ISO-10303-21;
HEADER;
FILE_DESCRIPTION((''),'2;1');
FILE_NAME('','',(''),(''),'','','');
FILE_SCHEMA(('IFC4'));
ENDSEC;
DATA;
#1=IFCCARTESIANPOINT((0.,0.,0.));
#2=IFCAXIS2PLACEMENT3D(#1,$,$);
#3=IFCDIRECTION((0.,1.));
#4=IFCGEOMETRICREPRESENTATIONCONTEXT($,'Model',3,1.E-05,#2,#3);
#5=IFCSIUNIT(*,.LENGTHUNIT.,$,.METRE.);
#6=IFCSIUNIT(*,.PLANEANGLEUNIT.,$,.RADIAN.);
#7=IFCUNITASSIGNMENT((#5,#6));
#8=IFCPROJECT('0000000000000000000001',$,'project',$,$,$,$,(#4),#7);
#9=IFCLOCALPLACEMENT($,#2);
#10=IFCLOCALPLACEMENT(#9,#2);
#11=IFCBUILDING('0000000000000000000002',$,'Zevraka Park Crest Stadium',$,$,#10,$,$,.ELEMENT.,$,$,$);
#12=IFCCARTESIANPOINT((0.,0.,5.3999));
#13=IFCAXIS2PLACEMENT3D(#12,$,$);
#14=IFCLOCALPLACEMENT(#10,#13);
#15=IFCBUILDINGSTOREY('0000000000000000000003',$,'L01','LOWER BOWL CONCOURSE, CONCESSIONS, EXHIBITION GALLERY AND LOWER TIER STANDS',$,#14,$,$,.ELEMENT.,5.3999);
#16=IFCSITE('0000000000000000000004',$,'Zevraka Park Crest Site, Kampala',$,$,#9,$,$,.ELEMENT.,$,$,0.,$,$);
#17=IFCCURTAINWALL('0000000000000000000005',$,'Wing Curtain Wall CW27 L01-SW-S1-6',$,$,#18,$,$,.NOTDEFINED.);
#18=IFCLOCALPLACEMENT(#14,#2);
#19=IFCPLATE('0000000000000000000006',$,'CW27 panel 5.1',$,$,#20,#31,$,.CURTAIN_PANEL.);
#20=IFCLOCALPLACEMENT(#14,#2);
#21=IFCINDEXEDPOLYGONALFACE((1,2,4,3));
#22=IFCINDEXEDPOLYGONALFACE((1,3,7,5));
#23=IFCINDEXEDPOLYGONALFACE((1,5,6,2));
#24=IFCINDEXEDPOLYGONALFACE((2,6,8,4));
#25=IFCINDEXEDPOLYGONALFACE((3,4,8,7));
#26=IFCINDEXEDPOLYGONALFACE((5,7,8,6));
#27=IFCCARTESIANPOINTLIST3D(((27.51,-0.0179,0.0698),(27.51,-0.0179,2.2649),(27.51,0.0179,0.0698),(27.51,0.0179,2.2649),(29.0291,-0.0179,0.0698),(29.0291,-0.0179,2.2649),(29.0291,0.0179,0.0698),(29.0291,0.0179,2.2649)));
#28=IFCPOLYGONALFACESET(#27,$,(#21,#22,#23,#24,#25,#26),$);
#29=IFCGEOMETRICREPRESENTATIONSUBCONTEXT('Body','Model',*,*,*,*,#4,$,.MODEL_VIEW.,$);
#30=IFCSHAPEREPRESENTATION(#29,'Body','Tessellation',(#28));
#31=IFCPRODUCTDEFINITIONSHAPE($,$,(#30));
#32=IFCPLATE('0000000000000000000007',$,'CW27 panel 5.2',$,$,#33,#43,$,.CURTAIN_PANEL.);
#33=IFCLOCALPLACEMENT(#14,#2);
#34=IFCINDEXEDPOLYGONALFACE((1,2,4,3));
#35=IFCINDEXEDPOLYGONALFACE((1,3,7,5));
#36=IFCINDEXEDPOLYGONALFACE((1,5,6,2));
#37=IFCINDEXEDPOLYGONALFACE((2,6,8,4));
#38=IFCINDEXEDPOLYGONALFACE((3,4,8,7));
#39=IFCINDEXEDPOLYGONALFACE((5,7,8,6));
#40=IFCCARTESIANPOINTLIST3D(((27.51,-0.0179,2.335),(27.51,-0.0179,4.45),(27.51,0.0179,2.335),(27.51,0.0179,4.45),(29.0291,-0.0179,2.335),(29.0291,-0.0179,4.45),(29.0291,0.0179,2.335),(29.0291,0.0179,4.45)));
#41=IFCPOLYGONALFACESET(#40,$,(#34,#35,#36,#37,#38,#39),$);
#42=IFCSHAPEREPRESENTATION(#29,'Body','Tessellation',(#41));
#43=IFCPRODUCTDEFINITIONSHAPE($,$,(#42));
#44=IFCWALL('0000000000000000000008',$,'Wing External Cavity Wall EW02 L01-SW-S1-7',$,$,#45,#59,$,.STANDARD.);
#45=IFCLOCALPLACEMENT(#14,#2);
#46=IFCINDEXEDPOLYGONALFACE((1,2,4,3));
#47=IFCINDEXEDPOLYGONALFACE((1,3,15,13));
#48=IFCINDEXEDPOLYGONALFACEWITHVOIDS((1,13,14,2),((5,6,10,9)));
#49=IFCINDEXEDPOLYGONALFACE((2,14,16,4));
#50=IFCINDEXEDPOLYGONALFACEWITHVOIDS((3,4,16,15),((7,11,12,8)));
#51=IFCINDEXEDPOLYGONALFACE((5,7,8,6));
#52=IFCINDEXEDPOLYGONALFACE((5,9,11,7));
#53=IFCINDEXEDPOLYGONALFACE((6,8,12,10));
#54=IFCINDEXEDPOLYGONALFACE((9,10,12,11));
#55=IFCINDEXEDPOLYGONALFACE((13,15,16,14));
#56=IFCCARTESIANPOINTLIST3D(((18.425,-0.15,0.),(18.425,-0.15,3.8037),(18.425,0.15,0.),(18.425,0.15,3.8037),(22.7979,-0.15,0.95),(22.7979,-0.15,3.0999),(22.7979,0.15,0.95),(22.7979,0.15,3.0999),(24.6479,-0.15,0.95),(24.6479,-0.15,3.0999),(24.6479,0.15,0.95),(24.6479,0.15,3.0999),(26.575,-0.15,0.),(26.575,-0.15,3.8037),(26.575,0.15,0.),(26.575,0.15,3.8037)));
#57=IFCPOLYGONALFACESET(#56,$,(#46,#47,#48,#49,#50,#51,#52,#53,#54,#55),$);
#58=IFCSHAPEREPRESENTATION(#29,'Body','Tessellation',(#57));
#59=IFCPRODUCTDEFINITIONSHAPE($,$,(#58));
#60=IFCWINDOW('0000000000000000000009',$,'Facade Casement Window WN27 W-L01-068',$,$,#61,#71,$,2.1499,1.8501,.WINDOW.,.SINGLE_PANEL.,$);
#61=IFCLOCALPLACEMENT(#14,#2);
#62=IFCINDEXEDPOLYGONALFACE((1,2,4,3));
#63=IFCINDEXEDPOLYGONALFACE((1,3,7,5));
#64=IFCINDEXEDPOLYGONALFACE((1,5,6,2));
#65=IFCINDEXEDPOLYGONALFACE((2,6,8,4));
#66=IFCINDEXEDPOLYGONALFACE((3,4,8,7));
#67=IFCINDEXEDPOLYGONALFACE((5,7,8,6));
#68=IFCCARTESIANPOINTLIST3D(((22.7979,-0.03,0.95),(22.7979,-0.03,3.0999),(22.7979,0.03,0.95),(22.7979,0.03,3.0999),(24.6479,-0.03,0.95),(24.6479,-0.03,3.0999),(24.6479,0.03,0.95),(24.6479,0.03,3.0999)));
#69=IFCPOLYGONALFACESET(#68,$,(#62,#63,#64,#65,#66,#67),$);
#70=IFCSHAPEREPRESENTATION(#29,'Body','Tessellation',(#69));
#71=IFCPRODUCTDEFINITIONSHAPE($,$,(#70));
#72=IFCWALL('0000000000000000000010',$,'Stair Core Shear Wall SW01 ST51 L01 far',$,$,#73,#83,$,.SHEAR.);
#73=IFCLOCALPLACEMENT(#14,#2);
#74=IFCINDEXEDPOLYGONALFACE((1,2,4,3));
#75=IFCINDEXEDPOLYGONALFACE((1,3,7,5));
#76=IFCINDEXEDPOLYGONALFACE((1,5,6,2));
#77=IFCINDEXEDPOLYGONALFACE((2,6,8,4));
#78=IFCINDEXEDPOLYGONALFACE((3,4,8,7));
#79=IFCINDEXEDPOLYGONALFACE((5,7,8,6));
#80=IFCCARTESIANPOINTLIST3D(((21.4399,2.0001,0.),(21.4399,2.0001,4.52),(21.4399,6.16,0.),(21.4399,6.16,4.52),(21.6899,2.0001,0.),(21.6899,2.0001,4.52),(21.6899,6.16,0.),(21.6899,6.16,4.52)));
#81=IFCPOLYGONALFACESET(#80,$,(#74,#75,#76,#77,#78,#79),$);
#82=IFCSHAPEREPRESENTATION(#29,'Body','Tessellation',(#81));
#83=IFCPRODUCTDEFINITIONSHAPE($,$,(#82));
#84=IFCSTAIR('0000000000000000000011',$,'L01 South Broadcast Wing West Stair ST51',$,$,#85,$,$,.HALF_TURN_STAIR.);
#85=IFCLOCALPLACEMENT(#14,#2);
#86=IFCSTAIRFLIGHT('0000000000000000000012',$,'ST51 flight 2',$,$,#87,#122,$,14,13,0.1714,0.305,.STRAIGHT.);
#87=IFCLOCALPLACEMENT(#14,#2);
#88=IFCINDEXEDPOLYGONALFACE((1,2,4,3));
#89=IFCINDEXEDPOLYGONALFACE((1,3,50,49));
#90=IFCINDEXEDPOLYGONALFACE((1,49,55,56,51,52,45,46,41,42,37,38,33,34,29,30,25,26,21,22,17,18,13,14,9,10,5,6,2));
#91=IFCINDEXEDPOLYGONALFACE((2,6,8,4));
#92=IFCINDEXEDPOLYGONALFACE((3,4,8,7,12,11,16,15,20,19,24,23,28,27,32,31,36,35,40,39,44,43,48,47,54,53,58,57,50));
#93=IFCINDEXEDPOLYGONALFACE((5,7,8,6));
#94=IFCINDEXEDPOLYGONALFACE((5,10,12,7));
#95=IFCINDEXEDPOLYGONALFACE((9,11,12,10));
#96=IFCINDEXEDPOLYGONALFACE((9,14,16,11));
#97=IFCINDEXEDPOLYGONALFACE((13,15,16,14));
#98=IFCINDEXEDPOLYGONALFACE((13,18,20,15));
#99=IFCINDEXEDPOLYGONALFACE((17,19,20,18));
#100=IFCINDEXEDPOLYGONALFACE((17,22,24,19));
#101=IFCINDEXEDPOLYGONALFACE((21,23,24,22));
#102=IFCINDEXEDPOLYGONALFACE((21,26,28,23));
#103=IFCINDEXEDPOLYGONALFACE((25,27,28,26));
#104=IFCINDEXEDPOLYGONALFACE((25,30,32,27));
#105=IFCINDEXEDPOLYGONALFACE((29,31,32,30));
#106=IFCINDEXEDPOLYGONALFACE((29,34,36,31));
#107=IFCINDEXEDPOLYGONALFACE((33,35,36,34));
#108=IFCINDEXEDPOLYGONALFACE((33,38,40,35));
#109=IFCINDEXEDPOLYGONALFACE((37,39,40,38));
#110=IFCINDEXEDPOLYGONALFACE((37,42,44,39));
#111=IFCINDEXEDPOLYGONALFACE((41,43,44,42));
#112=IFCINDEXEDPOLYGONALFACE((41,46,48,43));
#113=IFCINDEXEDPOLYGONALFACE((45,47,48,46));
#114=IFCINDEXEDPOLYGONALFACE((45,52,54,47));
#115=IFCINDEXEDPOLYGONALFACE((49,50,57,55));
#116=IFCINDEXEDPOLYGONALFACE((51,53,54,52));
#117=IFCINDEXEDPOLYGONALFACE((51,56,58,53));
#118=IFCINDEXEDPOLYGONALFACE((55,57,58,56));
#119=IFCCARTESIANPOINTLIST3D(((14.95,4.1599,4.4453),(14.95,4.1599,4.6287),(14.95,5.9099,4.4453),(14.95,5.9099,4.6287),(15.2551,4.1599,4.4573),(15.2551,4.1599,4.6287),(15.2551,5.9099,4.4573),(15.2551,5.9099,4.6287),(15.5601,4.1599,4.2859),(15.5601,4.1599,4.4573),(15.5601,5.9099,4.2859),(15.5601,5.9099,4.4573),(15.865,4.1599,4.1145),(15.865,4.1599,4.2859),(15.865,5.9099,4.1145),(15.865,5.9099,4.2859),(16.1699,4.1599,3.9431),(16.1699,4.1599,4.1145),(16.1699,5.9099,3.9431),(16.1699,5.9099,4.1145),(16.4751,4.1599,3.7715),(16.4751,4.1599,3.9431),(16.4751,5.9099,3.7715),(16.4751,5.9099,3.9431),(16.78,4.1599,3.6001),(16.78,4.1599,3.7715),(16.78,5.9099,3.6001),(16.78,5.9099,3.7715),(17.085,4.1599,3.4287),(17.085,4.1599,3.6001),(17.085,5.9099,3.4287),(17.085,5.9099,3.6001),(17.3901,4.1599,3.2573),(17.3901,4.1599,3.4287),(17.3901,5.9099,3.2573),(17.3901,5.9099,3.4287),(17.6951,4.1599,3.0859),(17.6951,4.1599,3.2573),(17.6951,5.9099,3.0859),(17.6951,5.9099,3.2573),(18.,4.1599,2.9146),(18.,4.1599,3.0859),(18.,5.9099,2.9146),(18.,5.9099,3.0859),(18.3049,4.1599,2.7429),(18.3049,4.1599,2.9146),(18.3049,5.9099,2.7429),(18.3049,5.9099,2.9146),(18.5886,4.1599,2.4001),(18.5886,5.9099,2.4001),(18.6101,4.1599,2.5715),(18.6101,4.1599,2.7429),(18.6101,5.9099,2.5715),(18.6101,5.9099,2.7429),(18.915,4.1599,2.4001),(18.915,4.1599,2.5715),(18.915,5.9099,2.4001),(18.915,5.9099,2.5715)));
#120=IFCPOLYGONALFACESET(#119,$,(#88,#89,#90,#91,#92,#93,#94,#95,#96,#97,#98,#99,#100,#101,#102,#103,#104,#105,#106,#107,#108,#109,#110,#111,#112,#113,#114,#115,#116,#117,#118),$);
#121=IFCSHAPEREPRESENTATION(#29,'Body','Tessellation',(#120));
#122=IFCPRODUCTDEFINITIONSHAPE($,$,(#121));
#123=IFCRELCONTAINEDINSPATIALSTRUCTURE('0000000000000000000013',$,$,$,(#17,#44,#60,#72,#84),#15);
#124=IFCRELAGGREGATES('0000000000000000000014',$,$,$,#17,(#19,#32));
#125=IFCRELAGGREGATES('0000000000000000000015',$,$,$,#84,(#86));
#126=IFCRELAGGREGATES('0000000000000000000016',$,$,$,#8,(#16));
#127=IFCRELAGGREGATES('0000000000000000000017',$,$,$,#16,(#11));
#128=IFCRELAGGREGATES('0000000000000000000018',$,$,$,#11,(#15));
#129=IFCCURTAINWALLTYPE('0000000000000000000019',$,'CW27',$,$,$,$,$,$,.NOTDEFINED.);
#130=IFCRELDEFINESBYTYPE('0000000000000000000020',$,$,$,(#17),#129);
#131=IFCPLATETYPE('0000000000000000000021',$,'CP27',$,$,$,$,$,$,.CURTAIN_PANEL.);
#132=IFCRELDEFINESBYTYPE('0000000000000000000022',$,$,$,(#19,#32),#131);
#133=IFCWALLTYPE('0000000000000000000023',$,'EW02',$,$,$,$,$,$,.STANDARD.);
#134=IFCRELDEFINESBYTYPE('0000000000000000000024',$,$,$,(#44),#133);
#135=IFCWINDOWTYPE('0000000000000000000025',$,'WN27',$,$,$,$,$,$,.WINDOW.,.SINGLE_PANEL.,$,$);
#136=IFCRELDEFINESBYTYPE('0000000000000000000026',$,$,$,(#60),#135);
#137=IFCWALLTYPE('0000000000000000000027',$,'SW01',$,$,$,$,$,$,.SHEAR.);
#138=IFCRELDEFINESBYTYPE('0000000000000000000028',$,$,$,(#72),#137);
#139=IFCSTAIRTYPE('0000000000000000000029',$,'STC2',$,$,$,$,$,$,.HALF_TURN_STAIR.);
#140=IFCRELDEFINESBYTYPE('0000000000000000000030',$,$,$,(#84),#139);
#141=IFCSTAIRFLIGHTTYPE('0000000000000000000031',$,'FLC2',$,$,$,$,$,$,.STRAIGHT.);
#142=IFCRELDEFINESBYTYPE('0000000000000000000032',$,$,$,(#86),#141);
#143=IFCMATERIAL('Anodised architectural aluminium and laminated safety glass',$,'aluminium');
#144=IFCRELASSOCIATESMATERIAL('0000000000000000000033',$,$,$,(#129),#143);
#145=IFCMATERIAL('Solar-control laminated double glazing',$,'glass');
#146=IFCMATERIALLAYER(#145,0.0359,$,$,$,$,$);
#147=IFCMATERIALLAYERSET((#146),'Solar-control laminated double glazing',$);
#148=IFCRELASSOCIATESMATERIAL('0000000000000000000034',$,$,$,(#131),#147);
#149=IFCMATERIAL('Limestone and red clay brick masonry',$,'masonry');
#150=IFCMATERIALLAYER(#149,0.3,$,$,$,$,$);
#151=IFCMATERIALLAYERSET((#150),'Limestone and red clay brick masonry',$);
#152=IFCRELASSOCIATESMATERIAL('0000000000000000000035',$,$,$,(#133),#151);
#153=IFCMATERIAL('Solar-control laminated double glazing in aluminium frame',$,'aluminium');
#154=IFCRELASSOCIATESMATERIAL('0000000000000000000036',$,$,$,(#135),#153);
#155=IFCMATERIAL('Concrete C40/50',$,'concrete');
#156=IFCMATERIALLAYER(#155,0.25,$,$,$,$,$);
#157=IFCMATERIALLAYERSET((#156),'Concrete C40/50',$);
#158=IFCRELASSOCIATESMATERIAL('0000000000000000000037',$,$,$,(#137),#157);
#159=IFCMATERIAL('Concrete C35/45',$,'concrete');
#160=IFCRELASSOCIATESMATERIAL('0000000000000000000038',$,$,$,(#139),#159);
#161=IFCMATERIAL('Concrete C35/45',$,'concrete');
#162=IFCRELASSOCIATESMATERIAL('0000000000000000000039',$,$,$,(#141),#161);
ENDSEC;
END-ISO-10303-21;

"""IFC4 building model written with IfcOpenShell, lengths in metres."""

from ifc_helpers import new_model, si_unit, direction, frame, frame_2d, origin, origin_2d, place, context, subcontext, project, spatial, polyline, rectangle, outline, extrude, material, layer, layer_set, type_object, element, fill, aggregate, save


model = new_model("IFC4")

# Units and contexts
model_context = context("Model", 3, precision=1e-05, world=origin(), true_north=direction((0.0, 1.0)))
body_context = subcontext(model_context, "Body", "Model", "MODEL_VIEW")
ifc_project = project(units=[si_unit("LENGTHUNIT", "METRE"), si_unit("PLANEANGLEUNIT", "RADIAN")], contexts=[model_context])

# Site, building, storey
site_placement = place(None, origin())
site = spatial("IfcSite", under=ifc_project, at=site_placement, Name="Zevraka Park Crest Site, Kampala", CompositionType="ELEMENT", RefElevation=0.0)
building_placement = place(site_placement, origin())
building = spatial("IfcBuilding", under=site, at=building_placement, Name="Zevraka Park Crest Stadium", CompositionType="ELEMENT")
storey_placement = place(building_placement, frame((0.0, 0.0, 5.3999)))
storey = spatial("IfcBuildingStorey", under=building, at=storey_placement, Name="L01", Description="LOWER BOWL CONCOURSE, CONCESSIONS, EXHIBITION GALLERY AND LOWER TIER STANDS", CompositionType="ELEMENT", Elevation=5.3999)

# Curtain wall, plates
ifc_material_1 = material(Name="Anodised architectural aluminium and laminated safety glass", Category="aluminium")
curtain_wall_type = type_object("IfcCurtainWallType", Name="CW27", PredefinedType="NOTDEFINED", material=ifc_material_1)
curtain_wall_placement = place(storey_placement, origin())
curtain_wall = element("IfcCurtainWall", 1, at=curtain_wall_placement, inside=storey, type_object=curtain_wall_type, Name="Wing Curtain Wall CW27 L01-SW-S1-6", PredefinedType="NOTDEFINED")
ifc_material_2 = material(Name="Solar-control laminated double glazing", Category="glass")
ifc_layer_1 = layer(ifc_material_2, 0.0359)
ifc_layer_set_1 = layer_set([ifc_layer_1], Name="Solar-control laminated double glazing")
plate_type = type_object("IfcPlateType", Name="CP27", PredefinedType="CURTAIN_PANEL", material=ifc_layer_set_1)
plate_1_placement = place(storey_placement, frame((28.2695, 0.0, 0.0698), z_axis=(0.0, 0.0, 1.0), x_axis=(-1.0, 0.0, 0.0)))
plate_1 = element("IfcPlate", 2, at=plate_1_placement, type_object=plate_type, Name="CW27 panel 5.1", PredefinedType="CURTAIN_PANEL", context=body_context, shape_type="SweptSolid", body=[
    extrude(rectangle(XDim=1.519, YDim=0.0359, at=origin_2d()), origin(), (0.0, 0.0, 1.0), 2.1951),
])
plate_2_placement = place(storey_placement, frame((28.2695, 0.0, 2.335), z_axis=(0.0, 0.0, 1.0), x_axis=(-1.0, 0.0, 0.0)))
plate_2 = element("IfcPlate", 3, at=plate_2_placement, type_object=plate_type, Name="CW27 panel 5.2", PredefinedType="CURTAIN_PANEL", context=body_context, shape_type="SweptSolid", body=[
    extrude(rectangle(XDim=1.519, YDim=0.0359, at=origin_2d()), origin(), (0.0, 0.0, 1.0), 2.115),
])
aggregate(curtain_wall, [plate_1, plate_2])

# Wall, opening, window
ifc_material_3 = material(Name="Limestone and red clay brick masonry", Category="masonry")
ifc_layer_2 = layer(ifc_material_3, 0.3)
ifc_layer_set_2 = layer_set([ifc_layer_2], Name="Limestone and red clay brick masonry")
wall_type_1 = type_object("IfcWallType", Name="EW02", PredefinedType="STANDARD", material=ifc_layer_set_2)
wall_1_placement = place(storey_placement, frame((26.575, 0.0, 0.0), z_axis=(0.0, 0.0, 1.0), x_axis=(-1.0, 0.0, 0.0)))
wall_1 = element("IfcWall", 4, at=wall_1_placement, inside=storey, type_object=wall_type_1, Name="Wing External Cavity Wall EW02 L01-SW-S1-7", PredefinedType="STANDARD", context=body_context, shape_type="SweptSolid", body=[
    extrude(rectangle(XDim=8.1499, YDim=0.3, at=frame_2d((4.075, 0.0))), origin(), (0.0, 0.0, 1.0), 3.8037),
])
opening_placement = place(wall_1_placement, frame((1.927, 0.0, 0.95)))
opening = element("IfcOpeningElement", 5, at=opening_placement, cuts=wall_1, PredefinedType="OPENING", context=body_context, shape_type="SweptSolid", body=[
    extrude(rectangle(XDim=1.8501, YDim=2.1499, at=frame_2d((0.925, 1.075))), frame((0.0, 0.1599, 0.0), z_axis=(0.0, -1.0, 0.0), x_axis=(1.0, 0.0, 0.0)), (0.0, 0.0, 1.0), 0.3201),
])
ifc_material_4 = material(Name="Solar-control laminated double glazing in aluminium frame", Category="aluminium")
window_type = type_object("IfcWindowType", Name="WN27", PartitioningType="SINGLE_PANEL", PredefinedType="WINDOW", material=ifc_material_4)
window_placement = place(opening_placement, origin())
window = element("IfcWindow", 6, at=window_placement, inside=storey, type_object=window_type, Name="Facade Casement Window WN27 W-L01-068", OverallHeight=2.1499, OverallWidth=1.8501, PartitioningType="SINGLE_PANEL", PredefinedType="WINDOW", context=body_context, shape_type="SweptSolid", body=[
    extrude(rectangle(XDim=1.8501, YDim=2.1499, at=frame_2d((0.925, 1.075))), frame((0.0, 0.03, 0.0), z_axis=(0.0, -1.0, 0.0), x_axis=(1.0, 0.0, 0.0)), (0.0, 0.0, 1.0), 0.0601),
])
fill(opening, window)

# Wall
ifc_material_5 = material(Name="Concrete C40/50", Category="concrete")
ifc_layer_3 = layer(ifc_material_5, 0.25)
ifc_layer_set_3 = layer_set([ifc_layer_3], Name="Concrete C40/50")
wall_type_2 = type_object("IfcWallType", Name="SW01", PredefinedType="SHEAR", material=ifc_layer_set_3)
wall_2_placement = place(storey_placement, frame((21.5649, 2.0, 0.0), z_axis=(0.0, 0.0, 1.0), x_axis=(0.0, 1.0, 0.0)))
element("IfcWall", 7, at=wall_2_placement, inside=storey, type_object=wall_type_2, Name="Stair Core Shear Wall SW01 ST51 L01 far", PredefinedType="SHEAR", context=body_context, shape_type="SweptSolid", body=[
    extrude(rectangle(XDim=4.1599, YDim=0.25, at=frame_2d((2.0801, 0.0))), origin(), (0.0, 0.0, 1.0), 4.52),
])

# Stair, stair flight
ifc_material_6 = material(Name="Concrete C35/45", Category="concrete")
stair_type = type_object("IfcStairType", Name="STC2", PredefinedType="HALF_TURN_STAIR", material=ifc_material_6)
stair_placement = place(storey_placement, origin())
stair = element("IfcStair", 8, at=stair_placement, inside=storey, type_object=stair_type, Name="L01 South Broadcast Wing West Stair ST51", PredefinedType="HALF_TURN_STAIR")
ifc_material_7 = material(Name="Concrete C35/45", Category="concrete")
stair_flight_type = type_object("IfcStairFlightType", Name="FLC2", PredefinedType="STRAIGHT", material=ifc_material_7)
stair_flight_placement = place(storey_placement, frame((18.915, 5.0349, 2.4001), z_axis=(0.0, 0.0, 1.0), x_axis=(-1.0, 0.0, 0.0)))
stair_flight = element("IfcStairFlight", 9, at=stair_flight_placement, type_object=stair_flight_type, Name="ST51 flight 2", NumberOfRisers=14, NumberOfTreads=13, PredefinedType="STRAIGHT", RiserHeight=0.1714, TreadLength=0.305, context=body_context, shape_type="SweptSolid", body=[
    extrude(outline(polyline([(0.0, 0.0), (0.0, 0.1714), (0.3049, 0.1714), (0.3049, 0.3428), (0.6101, 0.3428), (0.6101, 0.5144), (0.915, 0.5144), (0.915, 0.6858), (1.22, 0.6858), (1.22, 0.8572), (1.5249, 0.8572), (1.5249, 1.0286), (1.8301, 1.0286), (1.8301, 1.2), (2.135, 1.2), (2.135, 1.3713), (2.4399, 1.3713), (2.4399, 1.543), (2.7451, 1.543), (2.7451, 1.7144), (3.05, 1.7144), (3.05, 1.8857), (3.355, 1.8857), (3.355, 2.0571), (3.6599, 2.0571), (3.6599, 2.2285), (3.9651, 2.2285), (3.9651, 2.3999), (3.9651, 2.0452), (0.3264, 0.0), (0.0, 0.0)])), frame((0.0, 0.875, 0.0), z_axis=(0.0, -1.0, 0.0), x_axis=(1.0, 0.0, 0.0)), (0.0, 0.0, 1.0), 1.75),
])
aggregate(stair, [stair_flight])

save(model, "model.ifc")
